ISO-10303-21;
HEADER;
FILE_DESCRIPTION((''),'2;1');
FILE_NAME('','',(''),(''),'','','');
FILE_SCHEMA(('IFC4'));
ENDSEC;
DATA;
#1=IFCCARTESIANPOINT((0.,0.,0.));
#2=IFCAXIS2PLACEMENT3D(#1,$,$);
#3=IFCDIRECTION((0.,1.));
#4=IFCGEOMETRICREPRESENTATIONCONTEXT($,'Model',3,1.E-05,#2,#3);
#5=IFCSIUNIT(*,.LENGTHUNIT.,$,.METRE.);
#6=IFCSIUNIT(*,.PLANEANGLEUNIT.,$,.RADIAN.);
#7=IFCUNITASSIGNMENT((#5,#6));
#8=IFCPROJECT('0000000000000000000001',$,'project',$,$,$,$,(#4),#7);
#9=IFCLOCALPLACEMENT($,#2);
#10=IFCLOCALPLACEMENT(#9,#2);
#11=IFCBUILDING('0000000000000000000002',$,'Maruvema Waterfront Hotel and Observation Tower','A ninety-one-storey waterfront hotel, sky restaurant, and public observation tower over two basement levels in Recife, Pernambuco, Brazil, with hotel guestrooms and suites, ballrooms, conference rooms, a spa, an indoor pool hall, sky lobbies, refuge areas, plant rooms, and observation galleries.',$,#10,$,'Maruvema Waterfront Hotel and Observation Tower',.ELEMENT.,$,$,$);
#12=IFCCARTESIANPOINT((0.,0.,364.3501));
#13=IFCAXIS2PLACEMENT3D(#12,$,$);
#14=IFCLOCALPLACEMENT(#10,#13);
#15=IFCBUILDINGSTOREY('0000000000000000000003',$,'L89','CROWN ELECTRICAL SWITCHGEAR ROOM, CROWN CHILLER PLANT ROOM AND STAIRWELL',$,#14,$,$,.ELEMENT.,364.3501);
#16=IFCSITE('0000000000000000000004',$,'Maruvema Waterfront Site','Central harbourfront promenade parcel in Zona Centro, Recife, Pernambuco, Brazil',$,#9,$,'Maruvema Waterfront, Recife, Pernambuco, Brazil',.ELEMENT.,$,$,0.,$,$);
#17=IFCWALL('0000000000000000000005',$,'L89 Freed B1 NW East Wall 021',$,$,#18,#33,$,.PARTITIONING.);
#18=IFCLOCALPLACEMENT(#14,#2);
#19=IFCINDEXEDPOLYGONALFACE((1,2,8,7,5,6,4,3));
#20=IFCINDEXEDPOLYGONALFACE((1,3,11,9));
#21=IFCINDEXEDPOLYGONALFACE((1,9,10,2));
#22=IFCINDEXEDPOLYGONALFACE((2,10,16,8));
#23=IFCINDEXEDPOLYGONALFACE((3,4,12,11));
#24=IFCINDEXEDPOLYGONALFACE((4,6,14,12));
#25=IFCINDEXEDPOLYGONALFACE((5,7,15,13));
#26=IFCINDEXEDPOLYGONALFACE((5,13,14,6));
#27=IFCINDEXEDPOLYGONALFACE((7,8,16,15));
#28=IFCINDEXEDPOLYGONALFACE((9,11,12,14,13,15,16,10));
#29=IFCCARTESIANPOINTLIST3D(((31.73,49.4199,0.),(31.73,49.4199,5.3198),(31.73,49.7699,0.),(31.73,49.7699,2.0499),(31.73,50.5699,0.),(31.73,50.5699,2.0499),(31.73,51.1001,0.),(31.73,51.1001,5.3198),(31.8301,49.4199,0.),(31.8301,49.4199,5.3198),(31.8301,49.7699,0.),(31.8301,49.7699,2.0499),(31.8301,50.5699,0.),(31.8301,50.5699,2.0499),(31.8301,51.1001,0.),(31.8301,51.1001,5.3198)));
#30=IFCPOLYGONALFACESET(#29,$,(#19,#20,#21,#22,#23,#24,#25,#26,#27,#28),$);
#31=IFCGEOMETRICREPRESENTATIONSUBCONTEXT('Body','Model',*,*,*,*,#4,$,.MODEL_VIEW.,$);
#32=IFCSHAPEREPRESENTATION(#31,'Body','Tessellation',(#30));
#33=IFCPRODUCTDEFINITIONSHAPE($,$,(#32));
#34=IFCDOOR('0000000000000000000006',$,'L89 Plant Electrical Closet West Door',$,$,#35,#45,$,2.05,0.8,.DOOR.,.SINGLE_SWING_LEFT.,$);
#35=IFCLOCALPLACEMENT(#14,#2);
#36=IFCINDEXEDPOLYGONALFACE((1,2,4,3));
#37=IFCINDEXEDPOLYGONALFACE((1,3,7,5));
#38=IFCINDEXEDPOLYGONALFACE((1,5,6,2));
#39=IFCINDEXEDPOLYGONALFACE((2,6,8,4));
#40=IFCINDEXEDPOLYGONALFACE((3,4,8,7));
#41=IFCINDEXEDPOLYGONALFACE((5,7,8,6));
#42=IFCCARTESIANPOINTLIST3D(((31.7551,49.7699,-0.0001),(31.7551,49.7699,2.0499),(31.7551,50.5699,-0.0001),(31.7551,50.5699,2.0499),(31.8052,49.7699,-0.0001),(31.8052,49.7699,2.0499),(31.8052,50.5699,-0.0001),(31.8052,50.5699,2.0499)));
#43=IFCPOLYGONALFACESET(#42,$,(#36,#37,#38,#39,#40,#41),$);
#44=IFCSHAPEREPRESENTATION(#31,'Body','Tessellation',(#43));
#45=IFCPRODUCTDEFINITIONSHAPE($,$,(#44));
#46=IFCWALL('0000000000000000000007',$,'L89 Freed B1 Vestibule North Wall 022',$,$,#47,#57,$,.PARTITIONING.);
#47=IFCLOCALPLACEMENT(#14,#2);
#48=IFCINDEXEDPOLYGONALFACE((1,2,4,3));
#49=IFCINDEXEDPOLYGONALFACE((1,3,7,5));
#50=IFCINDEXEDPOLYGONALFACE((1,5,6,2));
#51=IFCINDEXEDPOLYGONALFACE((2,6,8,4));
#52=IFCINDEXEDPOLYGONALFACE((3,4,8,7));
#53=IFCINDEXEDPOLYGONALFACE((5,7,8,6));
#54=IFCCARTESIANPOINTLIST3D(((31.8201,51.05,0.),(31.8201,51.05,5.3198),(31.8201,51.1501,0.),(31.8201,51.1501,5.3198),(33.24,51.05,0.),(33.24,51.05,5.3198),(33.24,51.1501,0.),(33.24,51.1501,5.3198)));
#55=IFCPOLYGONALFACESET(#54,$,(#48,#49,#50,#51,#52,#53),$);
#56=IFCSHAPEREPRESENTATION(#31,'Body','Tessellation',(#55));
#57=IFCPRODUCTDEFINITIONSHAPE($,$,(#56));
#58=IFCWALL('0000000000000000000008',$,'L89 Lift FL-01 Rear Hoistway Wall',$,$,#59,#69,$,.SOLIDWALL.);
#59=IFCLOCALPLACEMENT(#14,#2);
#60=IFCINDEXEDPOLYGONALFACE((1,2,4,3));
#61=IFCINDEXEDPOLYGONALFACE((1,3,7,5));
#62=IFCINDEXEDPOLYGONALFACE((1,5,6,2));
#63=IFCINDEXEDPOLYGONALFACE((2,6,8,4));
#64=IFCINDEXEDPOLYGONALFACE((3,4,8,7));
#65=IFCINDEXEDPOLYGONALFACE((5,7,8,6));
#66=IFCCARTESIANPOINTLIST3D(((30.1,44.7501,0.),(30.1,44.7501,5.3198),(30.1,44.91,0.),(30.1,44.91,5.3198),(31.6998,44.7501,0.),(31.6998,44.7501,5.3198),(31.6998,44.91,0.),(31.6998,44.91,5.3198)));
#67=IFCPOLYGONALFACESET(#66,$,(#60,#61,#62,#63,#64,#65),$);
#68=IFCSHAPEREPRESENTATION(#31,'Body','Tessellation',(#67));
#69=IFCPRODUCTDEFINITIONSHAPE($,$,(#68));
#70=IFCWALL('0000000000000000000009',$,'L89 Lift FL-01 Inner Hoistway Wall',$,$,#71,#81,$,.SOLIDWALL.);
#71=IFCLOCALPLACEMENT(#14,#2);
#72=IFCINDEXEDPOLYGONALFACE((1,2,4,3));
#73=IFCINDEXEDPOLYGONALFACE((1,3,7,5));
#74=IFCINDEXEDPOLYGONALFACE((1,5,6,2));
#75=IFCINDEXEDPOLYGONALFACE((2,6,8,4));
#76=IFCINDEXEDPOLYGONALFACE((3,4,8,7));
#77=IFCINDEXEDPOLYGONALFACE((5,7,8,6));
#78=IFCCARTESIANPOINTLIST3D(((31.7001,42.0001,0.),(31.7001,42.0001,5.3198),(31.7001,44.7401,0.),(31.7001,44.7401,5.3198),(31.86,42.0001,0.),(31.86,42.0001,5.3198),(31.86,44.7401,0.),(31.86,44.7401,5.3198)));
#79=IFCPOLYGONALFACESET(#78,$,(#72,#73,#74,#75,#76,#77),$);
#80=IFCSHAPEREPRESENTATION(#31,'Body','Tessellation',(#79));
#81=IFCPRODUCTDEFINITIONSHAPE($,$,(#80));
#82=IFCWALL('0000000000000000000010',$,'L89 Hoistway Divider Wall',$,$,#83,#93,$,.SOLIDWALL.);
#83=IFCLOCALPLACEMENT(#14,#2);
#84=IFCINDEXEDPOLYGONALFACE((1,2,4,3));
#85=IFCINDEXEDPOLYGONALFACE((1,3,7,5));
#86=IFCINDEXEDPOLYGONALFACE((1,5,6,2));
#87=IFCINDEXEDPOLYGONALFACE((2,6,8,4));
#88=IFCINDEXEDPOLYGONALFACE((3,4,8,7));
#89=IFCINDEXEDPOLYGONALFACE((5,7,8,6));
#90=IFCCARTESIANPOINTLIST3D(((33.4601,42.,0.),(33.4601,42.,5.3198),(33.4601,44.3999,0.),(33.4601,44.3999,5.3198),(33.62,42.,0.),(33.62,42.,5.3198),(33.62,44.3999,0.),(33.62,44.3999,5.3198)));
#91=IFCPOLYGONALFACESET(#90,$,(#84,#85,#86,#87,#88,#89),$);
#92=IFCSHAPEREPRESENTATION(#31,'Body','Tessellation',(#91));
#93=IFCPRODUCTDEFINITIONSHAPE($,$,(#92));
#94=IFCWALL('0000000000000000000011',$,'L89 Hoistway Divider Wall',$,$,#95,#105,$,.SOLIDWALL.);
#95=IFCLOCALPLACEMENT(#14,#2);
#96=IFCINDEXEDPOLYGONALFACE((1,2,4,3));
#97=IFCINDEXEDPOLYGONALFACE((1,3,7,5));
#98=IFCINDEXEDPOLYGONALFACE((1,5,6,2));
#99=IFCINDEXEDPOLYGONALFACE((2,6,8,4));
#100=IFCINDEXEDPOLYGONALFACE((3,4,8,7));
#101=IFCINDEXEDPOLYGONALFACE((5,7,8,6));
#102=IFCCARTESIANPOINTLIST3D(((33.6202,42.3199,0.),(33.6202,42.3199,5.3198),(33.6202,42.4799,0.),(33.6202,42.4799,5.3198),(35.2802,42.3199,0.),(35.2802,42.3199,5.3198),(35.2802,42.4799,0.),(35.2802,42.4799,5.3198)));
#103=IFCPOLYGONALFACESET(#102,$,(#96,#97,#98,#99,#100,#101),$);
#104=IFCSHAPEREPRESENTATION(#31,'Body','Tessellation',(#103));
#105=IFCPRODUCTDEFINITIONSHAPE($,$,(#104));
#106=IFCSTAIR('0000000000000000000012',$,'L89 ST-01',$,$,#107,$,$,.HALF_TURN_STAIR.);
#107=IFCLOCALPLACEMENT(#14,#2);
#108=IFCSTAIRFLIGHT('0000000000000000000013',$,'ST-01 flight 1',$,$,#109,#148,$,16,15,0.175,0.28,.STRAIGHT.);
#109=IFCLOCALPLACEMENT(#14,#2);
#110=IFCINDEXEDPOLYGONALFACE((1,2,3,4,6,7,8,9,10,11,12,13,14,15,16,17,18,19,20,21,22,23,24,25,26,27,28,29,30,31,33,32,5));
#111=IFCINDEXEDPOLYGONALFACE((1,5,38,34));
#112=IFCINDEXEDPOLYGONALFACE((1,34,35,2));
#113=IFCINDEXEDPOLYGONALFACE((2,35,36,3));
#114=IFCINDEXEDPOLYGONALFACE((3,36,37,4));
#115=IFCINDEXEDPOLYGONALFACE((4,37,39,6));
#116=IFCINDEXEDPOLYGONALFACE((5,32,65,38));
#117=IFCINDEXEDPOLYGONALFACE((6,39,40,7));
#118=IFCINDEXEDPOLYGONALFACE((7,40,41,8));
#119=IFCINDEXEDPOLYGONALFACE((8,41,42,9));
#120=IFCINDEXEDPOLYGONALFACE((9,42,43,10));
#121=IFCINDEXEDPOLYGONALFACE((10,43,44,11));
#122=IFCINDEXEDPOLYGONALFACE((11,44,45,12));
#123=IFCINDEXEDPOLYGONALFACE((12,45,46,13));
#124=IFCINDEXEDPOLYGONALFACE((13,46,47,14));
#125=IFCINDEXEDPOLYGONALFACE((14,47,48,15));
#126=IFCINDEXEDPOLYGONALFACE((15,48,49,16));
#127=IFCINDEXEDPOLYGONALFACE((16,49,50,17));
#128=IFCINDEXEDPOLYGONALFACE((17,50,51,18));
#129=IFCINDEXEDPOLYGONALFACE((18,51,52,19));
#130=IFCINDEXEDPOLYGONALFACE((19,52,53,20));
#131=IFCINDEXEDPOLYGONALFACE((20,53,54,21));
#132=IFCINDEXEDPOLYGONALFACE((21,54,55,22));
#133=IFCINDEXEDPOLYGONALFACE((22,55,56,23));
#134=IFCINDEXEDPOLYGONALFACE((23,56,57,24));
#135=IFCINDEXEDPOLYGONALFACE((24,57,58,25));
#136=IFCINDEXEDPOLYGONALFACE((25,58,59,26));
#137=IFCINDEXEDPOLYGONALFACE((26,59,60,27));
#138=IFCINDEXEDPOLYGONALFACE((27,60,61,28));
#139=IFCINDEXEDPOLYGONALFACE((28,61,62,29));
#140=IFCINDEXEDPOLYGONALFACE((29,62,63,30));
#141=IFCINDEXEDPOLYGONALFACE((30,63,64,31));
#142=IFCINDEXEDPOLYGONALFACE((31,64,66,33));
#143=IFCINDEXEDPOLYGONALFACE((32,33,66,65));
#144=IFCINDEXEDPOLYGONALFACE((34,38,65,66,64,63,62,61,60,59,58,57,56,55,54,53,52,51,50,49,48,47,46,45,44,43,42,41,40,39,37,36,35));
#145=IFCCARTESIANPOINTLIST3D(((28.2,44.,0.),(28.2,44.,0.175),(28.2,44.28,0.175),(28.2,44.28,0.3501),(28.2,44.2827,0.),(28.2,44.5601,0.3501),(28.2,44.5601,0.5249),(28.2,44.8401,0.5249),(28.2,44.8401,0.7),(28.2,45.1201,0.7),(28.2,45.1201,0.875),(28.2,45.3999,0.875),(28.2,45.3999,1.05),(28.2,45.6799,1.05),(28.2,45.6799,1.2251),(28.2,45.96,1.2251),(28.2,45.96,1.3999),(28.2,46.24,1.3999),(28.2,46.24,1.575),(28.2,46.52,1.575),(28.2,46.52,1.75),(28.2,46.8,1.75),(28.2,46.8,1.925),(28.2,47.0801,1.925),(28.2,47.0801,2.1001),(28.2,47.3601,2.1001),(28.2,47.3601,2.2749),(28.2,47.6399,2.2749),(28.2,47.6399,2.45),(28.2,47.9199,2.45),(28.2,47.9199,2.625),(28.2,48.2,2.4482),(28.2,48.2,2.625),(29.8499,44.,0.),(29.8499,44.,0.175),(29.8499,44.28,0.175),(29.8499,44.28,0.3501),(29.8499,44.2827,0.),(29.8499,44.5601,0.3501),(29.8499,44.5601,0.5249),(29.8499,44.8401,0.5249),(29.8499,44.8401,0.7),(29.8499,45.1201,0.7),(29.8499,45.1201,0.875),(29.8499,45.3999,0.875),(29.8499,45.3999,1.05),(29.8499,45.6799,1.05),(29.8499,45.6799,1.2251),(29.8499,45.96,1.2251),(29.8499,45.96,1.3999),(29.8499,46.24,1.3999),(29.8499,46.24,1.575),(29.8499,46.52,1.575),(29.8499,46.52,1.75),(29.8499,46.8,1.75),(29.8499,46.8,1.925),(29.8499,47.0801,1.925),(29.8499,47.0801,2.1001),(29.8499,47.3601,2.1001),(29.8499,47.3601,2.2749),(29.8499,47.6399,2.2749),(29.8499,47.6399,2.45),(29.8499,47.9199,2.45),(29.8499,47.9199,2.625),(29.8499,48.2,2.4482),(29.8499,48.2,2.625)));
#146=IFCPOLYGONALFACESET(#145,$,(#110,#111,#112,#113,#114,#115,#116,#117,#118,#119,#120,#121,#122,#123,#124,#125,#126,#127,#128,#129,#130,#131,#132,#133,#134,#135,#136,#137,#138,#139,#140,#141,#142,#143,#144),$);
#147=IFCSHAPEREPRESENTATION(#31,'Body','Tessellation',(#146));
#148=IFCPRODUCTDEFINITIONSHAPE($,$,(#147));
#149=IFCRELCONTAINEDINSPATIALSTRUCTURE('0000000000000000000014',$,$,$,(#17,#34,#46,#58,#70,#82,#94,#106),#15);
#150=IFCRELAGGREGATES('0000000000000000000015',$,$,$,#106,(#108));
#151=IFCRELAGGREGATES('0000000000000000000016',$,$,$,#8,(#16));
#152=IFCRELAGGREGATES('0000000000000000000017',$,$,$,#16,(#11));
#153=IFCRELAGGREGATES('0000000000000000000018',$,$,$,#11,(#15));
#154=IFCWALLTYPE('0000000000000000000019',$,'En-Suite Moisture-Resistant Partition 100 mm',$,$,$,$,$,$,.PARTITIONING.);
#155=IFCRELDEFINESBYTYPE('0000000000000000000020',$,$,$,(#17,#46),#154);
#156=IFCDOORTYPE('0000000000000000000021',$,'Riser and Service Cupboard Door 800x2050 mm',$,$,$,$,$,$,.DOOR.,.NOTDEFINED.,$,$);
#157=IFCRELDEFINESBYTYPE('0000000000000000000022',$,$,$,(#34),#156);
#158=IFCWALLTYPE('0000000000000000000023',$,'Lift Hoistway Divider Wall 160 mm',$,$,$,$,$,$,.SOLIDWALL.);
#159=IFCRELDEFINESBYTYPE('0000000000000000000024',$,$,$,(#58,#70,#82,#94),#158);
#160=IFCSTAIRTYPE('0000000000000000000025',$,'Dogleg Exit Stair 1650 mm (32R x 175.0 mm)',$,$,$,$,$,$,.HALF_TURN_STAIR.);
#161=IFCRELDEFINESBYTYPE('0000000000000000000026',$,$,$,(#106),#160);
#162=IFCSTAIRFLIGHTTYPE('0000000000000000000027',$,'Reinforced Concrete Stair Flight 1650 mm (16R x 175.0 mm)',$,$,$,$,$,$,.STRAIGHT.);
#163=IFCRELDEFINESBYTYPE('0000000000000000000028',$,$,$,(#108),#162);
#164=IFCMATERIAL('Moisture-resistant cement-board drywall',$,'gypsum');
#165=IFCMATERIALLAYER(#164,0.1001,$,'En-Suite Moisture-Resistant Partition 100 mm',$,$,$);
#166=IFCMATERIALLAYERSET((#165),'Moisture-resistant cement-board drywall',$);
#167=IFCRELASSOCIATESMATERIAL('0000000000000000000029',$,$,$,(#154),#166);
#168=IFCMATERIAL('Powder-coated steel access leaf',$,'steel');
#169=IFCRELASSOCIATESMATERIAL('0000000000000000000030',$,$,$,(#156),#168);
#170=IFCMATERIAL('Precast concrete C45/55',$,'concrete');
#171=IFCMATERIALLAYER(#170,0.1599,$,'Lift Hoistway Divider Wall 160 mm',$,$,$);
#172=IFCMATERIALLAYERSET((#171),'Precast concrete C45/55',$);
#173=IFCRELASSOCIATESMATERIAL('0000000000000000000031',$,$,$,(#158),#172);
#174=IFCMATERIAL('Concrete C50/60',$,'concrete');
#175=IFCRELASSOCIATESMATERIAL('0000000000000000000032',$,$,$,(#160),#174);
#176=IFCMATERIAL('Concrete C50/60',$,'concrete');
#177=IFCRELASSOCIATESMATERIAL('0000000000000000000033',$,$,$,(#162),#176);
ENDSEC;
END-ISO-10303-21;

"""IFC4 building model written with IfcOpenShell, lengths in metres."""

from ifc_helpers import new_model, si_unit, direction, frame, frame_2d, origin, place, context, subcontext, project, spatial, polyline, rectangle, outline, extrude, material, layer, layer_set, type_object, element, fill, aggregate, save


model = new_model("IFC4")

# Units and contexts
model_context = context("Model", 3, precision=1e-05, world=origin(), true_north=direction((0.0, 1.0)))
body_context = subcontext(model_context, "Body", "Model", "MODEL_VIEW")
ifc_project = project(units=[si_unit("LENGTHUNIT", "METRE"), si_unit("PLANEANGLEUNIT", "RADIAN")], contexts=[model_context])

# Site, building, storey
site_placement = place(None, origin())
site = spatial("IfcSite", under=ifc_project, at=site_placement, Name="Maruvema Waterfront Site", Description="Central harbourfront promenade parcel in Zona Centro, Recife, Pernambuco, Brazil", LongName="Maruvema Waterfront, Recife, Pernambuco, Brazil", CompositionType="ELEMENT", RefElevation=0.0)
building_placement = place(site_placement, origin())
building = spatial("IfcBuilding", under=site, at=building_placement, Name="Maruvema Waterfront Hotel and Observation Tower", Description="A ninety-one-storey waterfront hotel, sky restaurant, and public observation tower over two basement levels in Recife, Pernambuco, Brazil, with hotel guestrooms and suites, ballrooms, conference rooms, a spa, an indoor pool hall, sky lobbies, refuge areas, plant rooms, and observation galleries.", LongName="Maruvema Waterfront Hotel and Observation Tower", CompositionType="ELEMENT")
storey_placement = place(building_placement, frame((0.0, 0.0, 364.3501)))
storey = spatial("IfcBuildingStorey", under=building, at=storey_placement, Name="L89", Description="CROWN ELECTRICAL SWITCHGEAR ROOM, CROWN CHILLER PLANT ROOM AND STAIRWELL", CompositionType="ELEMENT", Elevation=364.3501)

# Shared definitions
ifc_material_1 = material(Name="Moisture-resistant cement-board drywall", Category="gypsum")
ifc_layer_1 = layer(ifc_material_1, 0.1001, Name="En-Suite Moisture-Resistant Partition 100 mm")
ifc_layer_set_1 = layer_set([ifc_layer_1], Name="Moisture-resistant cement-board drywall")
wall_type_1 = type_object("IfcWallType", Name="En-Suite Moisture-Resistant Partition 100 mm", PredefinedType="PARTITIONING", material=ifc_layer_set_1)
ifc_material_2 = material(Name="Powder-coated steel access leaf", Category="steel")
door_type_1 = type_object("IfcDoorType", Name="Riser and Service Cupboard Door 800x2050 mm", OperationType="NOTDEFINED", PredefinedType="DOOR", material=ifc_material_2)

# Wall, opening, door
wall_1_placement = place(storey_placement, frame((31.78, 49.4199, 0.0), z_axis=(0.0, 0.0, 1.0), x_axis=(0.0, 1.0, 0.0)))
wall_1 = element("IfcWall", 1, at=wall_1_placement, inside=storey, type_object=wall_type_1, Name="L89 Freed B1 NW East Wall 021", PredefinedType="PARTITIONING", context=body_context, shape_type="SweptSolid", body=[
    extrude(rectangle(XDim=1.6802, YDim=0.1001, at=frame_2d((0.8401, 0.0))), origin(), (0.0, 0.0, 1.0), 5.3198),
])
opening_1_placement = place(wall_1_placement, frame((0.3501, 0.0, 0.0)))
opening_1 = element("IfcOpeningElement", 2, at=opening_1_placement, cuts=wall_1, PredefinedType="OPENING", context=body_context, shape_type="SweptSolid", body=[
    extrude(rectangle(XDim=0.8, YDim=2.05, at=frame_2d((0.3999, 1.0249))), frame((0.0, 0.0601, 0.0), z_axis=(0.0, -1.0, 0.0), x_axis=(1.0, 0.0, 0.0)), (0.0, 0.0, 1.0), 0.1201),
])
door_1_placement = place(opening_1_placement, origin())
door_1 = element("IfcDoor", 3, at=door_1_placement, inside=storey, type_object=door_type_1, Name="L89 Plant Electrical Closet West Door", OperationType="SINGLE_SWING_LEFT", OverallHeight=2.05, OverallWidth=0.8, PredefinedType="DOOR", context=body_context, shape_type="SweptSolid", body=[
    extrude(rectangle(XDim=0.8, YDim=2.05, at=frame_2d((0.3999, 1.0249))), frame((0.0, 0.0249, 0.0), z_axis=(0.0, -1.0, 0.0), x_axis=(1.0, 0.0, 0.0)), (0.0, 0.0, 1.0), 0.05),
])
fill(opening_1, door_1)

# Walls
wall_2_placement = place(storey_placement, frame((31.8201, 51.1001, 0.0), z_axis=(0.0, 0.0, 1.0), x_axis=(1.0, 0.0, 0.0)))
element("IfcWall", 4, at=wall_2_placement, inside=storey, type_object=wall_type_1, Name="L89 Freed B1 Vestibule North Wall 022", PredefinedType="PARTITIONING", context=body_context, shape_type="SweptSolid", body=[
    extrude(rectangle(XDim=1.4199, YDim=0.1001, at=frame_2d((0.71, 0.0))), origin(), (0.0, 0.0, 1.0), 5.3198),
])
ifc_material_3 = material(Name="Precast concrete C45/55", Category="concrete")
ifc_layer_2 = layer(ifc_material_3, 0.1599, Name="Lift Hoistway Divider Wall 160 mm")
ifc_layer_set_2 = layer_set([ifc_layer_2], Name="Precast concrete C45/55")
wall_type_2 = type_object("IfcWallType", Name="Lift Hoistway Divider Wall 160 mm", PredefinedType="SOLIDWALL", material=ifc_layer_set_2)
wall_3_placement = place(storey_placement, frame((30.1001, 44.8301, 0.0), z_axis=(0.0, 0.0, 1.0), x_axis=(1.0, 0.0, 0.0)))
element("IfcWall", 5, at=wall_3_placement, inside=storey, type_object=wall_type_2, Name="L89 Lift FL-01 Rear Hoistway Wall", PredefinedType="SOLIDWALL", context=body_context, shape_type="SweptSolid", body=[
    extrude(rectangle(XDim=1.5999, YDim=0.1599, at=frame_2d((0.7998, 0.0))), origin(), (0.0, 0.0, 1.0), 5.3198),
])
wall_4_placement = place(storey_placement, frame((31.78, 42.0, 0.0), z_axis=(0.0, 0.0, 1.0), x_axis=(0.0, 1.0, 0.0)))
element("IfcWall", 6, at=wall_4_placement, inside=storey, type_object=wall_type_2, Name="L89 Lift FL-01 Inner Hoistway Wall", PredefinedType="SOLIDWALL", context=body_context, shape_type="SweptSolid", body=[
    extrude(rectangle(XDim=2.74, YDim=0.1599, at=frame_2d((1.3701, 0.0))), origin(), (0.0, 0.0, 1.0), 5.3198),
])
wall_5_placement = place(storey_placement, frame((33.54, 42.0, 0.0), z_axis=(0.0, 0.0, 1.0), x_axis=(0.0, 1.0, 0.0)))
element("IfcWall", 7, at=wall_5_placement, inside=storey, type_object=wall_type_2, Name="L89 Hoistway Divider Wall", PredefinedType="SOLIDWALL", context=body_context, shape_type="SweptSolid", body=[
    extrude(rectangle(XDim=2.3999, YDim=0.1599, at=frame_2d((1.2, 0.0))), origin(), (0.0, 0.0, 1.0), 5.3198),
])
wall_6_placement = place(storey_placement, frame((33.6201, 42.3999, 0.0), z_axis=(0.0, 0.0, 1.0), x_axis=(1.0, 0.0, 0.0)))
element("IfcWall", 8, at=wall_6_placement, inside=storey, type_object=wall_type_2, Name="L89 Hoistway Divider Wall", PredefinedType="SOLIDWALL", context=body_context, shape_type="SweptSolid", body=[
    extrude(rectangle(XDim=1.6599, YDim=0.1599, at=frame_2d((0.8301, 0.0))), origin(), (0.0, 0.0, 1.0), 5.3198),
])

# Stair, stair flight
ifc_material_4 = material(Name="Concrete C50/60", Category="concrete")
stair_type = type_object("IfcStairType", Name="Dogleg Exit Stair 1650 mm (32R x 175.0 mm)", PredefinedType="HALF_TURN_STAIR", material=ifc_material_4)
stair_placement = place(storey_placement, origin())
stair = element("IfcStair", 9, at=stair_placement, inside=storey, type_object=stair_type, Name="L89 ST-01", PredefinedType="HALF_TURN_STAIR")
ifc_material_5 = material(Name="Concrete C50/60", Category="concrete")
stair_flight_type = type_object("IfcStairFlightType", Name="Reinforced Concrete Stair Flight 1650 mm (16R x 175.0 mm)", PredefinedType="STRAIGHT", material=ifc_material_5)
stair_flight_placement = place(storey_placement, frame((29.0249, 44.0, 0.0), z_axis=(0.0, 0.0, 1.0), x_axis=(0.0, 1.0, 0.0)))
stair_flight = element("IfcStairFlight", 10, at=stair_flight_placement, type_object=stair_flight_type, Name="ST-01 flight 1", NumberOfRisers=16, NumberOfTreads=15, PredefinedType="STRAIGHT", RiserHeight=0.175, TreadLength=0.28, context=body_context, shape_type="SweptSolid", body=[
    extrude(outline(polyline([(0.0, 0.0), (0.0, 0.175), (0.28, 0.175), (0.28, 0.3501), (0.5601, 0.3501), (0.5601, 0.5249), (0.8401, 0.5249), (0.8401, 0.7), (1.1201, 0.7), (1.1201, 0.875), (1.3999, 0.875), (1.3999, 1.05), (1.6799, 1.05), (1.6799, 1.2251), (1.96, 1.2251), (1.96, 1.3999), (2.24, 1.3999), (2.24, 1.575), (2.52, 1.575), (2.52, 1.75), (2.8, 1.75), (2.8, 1.925), (3.0801, 1.925), (3.0801, 2.1001), (3.3601, 2.1001), (3.3601, 2.2749), (3.6399, 2.2749), (3.6399, 2.45), (3.9199, 2.45), (3.9199, 2.625), (4.2, 2.625), (4.2, 2.8), (4.2, 2.4482), (0.2827, 0.0), (0.0, 0.0)])), frame((0.0, 0.825, 0.0), z_axis=(0.0, -1.0, 0.0), x_axis=(1.0, 0.0, 0.0)), (0.0, 0.0, 1.0), 1.6499),
])
aggregate(stair, [stair_flight])

save(model, "model.ifc")
